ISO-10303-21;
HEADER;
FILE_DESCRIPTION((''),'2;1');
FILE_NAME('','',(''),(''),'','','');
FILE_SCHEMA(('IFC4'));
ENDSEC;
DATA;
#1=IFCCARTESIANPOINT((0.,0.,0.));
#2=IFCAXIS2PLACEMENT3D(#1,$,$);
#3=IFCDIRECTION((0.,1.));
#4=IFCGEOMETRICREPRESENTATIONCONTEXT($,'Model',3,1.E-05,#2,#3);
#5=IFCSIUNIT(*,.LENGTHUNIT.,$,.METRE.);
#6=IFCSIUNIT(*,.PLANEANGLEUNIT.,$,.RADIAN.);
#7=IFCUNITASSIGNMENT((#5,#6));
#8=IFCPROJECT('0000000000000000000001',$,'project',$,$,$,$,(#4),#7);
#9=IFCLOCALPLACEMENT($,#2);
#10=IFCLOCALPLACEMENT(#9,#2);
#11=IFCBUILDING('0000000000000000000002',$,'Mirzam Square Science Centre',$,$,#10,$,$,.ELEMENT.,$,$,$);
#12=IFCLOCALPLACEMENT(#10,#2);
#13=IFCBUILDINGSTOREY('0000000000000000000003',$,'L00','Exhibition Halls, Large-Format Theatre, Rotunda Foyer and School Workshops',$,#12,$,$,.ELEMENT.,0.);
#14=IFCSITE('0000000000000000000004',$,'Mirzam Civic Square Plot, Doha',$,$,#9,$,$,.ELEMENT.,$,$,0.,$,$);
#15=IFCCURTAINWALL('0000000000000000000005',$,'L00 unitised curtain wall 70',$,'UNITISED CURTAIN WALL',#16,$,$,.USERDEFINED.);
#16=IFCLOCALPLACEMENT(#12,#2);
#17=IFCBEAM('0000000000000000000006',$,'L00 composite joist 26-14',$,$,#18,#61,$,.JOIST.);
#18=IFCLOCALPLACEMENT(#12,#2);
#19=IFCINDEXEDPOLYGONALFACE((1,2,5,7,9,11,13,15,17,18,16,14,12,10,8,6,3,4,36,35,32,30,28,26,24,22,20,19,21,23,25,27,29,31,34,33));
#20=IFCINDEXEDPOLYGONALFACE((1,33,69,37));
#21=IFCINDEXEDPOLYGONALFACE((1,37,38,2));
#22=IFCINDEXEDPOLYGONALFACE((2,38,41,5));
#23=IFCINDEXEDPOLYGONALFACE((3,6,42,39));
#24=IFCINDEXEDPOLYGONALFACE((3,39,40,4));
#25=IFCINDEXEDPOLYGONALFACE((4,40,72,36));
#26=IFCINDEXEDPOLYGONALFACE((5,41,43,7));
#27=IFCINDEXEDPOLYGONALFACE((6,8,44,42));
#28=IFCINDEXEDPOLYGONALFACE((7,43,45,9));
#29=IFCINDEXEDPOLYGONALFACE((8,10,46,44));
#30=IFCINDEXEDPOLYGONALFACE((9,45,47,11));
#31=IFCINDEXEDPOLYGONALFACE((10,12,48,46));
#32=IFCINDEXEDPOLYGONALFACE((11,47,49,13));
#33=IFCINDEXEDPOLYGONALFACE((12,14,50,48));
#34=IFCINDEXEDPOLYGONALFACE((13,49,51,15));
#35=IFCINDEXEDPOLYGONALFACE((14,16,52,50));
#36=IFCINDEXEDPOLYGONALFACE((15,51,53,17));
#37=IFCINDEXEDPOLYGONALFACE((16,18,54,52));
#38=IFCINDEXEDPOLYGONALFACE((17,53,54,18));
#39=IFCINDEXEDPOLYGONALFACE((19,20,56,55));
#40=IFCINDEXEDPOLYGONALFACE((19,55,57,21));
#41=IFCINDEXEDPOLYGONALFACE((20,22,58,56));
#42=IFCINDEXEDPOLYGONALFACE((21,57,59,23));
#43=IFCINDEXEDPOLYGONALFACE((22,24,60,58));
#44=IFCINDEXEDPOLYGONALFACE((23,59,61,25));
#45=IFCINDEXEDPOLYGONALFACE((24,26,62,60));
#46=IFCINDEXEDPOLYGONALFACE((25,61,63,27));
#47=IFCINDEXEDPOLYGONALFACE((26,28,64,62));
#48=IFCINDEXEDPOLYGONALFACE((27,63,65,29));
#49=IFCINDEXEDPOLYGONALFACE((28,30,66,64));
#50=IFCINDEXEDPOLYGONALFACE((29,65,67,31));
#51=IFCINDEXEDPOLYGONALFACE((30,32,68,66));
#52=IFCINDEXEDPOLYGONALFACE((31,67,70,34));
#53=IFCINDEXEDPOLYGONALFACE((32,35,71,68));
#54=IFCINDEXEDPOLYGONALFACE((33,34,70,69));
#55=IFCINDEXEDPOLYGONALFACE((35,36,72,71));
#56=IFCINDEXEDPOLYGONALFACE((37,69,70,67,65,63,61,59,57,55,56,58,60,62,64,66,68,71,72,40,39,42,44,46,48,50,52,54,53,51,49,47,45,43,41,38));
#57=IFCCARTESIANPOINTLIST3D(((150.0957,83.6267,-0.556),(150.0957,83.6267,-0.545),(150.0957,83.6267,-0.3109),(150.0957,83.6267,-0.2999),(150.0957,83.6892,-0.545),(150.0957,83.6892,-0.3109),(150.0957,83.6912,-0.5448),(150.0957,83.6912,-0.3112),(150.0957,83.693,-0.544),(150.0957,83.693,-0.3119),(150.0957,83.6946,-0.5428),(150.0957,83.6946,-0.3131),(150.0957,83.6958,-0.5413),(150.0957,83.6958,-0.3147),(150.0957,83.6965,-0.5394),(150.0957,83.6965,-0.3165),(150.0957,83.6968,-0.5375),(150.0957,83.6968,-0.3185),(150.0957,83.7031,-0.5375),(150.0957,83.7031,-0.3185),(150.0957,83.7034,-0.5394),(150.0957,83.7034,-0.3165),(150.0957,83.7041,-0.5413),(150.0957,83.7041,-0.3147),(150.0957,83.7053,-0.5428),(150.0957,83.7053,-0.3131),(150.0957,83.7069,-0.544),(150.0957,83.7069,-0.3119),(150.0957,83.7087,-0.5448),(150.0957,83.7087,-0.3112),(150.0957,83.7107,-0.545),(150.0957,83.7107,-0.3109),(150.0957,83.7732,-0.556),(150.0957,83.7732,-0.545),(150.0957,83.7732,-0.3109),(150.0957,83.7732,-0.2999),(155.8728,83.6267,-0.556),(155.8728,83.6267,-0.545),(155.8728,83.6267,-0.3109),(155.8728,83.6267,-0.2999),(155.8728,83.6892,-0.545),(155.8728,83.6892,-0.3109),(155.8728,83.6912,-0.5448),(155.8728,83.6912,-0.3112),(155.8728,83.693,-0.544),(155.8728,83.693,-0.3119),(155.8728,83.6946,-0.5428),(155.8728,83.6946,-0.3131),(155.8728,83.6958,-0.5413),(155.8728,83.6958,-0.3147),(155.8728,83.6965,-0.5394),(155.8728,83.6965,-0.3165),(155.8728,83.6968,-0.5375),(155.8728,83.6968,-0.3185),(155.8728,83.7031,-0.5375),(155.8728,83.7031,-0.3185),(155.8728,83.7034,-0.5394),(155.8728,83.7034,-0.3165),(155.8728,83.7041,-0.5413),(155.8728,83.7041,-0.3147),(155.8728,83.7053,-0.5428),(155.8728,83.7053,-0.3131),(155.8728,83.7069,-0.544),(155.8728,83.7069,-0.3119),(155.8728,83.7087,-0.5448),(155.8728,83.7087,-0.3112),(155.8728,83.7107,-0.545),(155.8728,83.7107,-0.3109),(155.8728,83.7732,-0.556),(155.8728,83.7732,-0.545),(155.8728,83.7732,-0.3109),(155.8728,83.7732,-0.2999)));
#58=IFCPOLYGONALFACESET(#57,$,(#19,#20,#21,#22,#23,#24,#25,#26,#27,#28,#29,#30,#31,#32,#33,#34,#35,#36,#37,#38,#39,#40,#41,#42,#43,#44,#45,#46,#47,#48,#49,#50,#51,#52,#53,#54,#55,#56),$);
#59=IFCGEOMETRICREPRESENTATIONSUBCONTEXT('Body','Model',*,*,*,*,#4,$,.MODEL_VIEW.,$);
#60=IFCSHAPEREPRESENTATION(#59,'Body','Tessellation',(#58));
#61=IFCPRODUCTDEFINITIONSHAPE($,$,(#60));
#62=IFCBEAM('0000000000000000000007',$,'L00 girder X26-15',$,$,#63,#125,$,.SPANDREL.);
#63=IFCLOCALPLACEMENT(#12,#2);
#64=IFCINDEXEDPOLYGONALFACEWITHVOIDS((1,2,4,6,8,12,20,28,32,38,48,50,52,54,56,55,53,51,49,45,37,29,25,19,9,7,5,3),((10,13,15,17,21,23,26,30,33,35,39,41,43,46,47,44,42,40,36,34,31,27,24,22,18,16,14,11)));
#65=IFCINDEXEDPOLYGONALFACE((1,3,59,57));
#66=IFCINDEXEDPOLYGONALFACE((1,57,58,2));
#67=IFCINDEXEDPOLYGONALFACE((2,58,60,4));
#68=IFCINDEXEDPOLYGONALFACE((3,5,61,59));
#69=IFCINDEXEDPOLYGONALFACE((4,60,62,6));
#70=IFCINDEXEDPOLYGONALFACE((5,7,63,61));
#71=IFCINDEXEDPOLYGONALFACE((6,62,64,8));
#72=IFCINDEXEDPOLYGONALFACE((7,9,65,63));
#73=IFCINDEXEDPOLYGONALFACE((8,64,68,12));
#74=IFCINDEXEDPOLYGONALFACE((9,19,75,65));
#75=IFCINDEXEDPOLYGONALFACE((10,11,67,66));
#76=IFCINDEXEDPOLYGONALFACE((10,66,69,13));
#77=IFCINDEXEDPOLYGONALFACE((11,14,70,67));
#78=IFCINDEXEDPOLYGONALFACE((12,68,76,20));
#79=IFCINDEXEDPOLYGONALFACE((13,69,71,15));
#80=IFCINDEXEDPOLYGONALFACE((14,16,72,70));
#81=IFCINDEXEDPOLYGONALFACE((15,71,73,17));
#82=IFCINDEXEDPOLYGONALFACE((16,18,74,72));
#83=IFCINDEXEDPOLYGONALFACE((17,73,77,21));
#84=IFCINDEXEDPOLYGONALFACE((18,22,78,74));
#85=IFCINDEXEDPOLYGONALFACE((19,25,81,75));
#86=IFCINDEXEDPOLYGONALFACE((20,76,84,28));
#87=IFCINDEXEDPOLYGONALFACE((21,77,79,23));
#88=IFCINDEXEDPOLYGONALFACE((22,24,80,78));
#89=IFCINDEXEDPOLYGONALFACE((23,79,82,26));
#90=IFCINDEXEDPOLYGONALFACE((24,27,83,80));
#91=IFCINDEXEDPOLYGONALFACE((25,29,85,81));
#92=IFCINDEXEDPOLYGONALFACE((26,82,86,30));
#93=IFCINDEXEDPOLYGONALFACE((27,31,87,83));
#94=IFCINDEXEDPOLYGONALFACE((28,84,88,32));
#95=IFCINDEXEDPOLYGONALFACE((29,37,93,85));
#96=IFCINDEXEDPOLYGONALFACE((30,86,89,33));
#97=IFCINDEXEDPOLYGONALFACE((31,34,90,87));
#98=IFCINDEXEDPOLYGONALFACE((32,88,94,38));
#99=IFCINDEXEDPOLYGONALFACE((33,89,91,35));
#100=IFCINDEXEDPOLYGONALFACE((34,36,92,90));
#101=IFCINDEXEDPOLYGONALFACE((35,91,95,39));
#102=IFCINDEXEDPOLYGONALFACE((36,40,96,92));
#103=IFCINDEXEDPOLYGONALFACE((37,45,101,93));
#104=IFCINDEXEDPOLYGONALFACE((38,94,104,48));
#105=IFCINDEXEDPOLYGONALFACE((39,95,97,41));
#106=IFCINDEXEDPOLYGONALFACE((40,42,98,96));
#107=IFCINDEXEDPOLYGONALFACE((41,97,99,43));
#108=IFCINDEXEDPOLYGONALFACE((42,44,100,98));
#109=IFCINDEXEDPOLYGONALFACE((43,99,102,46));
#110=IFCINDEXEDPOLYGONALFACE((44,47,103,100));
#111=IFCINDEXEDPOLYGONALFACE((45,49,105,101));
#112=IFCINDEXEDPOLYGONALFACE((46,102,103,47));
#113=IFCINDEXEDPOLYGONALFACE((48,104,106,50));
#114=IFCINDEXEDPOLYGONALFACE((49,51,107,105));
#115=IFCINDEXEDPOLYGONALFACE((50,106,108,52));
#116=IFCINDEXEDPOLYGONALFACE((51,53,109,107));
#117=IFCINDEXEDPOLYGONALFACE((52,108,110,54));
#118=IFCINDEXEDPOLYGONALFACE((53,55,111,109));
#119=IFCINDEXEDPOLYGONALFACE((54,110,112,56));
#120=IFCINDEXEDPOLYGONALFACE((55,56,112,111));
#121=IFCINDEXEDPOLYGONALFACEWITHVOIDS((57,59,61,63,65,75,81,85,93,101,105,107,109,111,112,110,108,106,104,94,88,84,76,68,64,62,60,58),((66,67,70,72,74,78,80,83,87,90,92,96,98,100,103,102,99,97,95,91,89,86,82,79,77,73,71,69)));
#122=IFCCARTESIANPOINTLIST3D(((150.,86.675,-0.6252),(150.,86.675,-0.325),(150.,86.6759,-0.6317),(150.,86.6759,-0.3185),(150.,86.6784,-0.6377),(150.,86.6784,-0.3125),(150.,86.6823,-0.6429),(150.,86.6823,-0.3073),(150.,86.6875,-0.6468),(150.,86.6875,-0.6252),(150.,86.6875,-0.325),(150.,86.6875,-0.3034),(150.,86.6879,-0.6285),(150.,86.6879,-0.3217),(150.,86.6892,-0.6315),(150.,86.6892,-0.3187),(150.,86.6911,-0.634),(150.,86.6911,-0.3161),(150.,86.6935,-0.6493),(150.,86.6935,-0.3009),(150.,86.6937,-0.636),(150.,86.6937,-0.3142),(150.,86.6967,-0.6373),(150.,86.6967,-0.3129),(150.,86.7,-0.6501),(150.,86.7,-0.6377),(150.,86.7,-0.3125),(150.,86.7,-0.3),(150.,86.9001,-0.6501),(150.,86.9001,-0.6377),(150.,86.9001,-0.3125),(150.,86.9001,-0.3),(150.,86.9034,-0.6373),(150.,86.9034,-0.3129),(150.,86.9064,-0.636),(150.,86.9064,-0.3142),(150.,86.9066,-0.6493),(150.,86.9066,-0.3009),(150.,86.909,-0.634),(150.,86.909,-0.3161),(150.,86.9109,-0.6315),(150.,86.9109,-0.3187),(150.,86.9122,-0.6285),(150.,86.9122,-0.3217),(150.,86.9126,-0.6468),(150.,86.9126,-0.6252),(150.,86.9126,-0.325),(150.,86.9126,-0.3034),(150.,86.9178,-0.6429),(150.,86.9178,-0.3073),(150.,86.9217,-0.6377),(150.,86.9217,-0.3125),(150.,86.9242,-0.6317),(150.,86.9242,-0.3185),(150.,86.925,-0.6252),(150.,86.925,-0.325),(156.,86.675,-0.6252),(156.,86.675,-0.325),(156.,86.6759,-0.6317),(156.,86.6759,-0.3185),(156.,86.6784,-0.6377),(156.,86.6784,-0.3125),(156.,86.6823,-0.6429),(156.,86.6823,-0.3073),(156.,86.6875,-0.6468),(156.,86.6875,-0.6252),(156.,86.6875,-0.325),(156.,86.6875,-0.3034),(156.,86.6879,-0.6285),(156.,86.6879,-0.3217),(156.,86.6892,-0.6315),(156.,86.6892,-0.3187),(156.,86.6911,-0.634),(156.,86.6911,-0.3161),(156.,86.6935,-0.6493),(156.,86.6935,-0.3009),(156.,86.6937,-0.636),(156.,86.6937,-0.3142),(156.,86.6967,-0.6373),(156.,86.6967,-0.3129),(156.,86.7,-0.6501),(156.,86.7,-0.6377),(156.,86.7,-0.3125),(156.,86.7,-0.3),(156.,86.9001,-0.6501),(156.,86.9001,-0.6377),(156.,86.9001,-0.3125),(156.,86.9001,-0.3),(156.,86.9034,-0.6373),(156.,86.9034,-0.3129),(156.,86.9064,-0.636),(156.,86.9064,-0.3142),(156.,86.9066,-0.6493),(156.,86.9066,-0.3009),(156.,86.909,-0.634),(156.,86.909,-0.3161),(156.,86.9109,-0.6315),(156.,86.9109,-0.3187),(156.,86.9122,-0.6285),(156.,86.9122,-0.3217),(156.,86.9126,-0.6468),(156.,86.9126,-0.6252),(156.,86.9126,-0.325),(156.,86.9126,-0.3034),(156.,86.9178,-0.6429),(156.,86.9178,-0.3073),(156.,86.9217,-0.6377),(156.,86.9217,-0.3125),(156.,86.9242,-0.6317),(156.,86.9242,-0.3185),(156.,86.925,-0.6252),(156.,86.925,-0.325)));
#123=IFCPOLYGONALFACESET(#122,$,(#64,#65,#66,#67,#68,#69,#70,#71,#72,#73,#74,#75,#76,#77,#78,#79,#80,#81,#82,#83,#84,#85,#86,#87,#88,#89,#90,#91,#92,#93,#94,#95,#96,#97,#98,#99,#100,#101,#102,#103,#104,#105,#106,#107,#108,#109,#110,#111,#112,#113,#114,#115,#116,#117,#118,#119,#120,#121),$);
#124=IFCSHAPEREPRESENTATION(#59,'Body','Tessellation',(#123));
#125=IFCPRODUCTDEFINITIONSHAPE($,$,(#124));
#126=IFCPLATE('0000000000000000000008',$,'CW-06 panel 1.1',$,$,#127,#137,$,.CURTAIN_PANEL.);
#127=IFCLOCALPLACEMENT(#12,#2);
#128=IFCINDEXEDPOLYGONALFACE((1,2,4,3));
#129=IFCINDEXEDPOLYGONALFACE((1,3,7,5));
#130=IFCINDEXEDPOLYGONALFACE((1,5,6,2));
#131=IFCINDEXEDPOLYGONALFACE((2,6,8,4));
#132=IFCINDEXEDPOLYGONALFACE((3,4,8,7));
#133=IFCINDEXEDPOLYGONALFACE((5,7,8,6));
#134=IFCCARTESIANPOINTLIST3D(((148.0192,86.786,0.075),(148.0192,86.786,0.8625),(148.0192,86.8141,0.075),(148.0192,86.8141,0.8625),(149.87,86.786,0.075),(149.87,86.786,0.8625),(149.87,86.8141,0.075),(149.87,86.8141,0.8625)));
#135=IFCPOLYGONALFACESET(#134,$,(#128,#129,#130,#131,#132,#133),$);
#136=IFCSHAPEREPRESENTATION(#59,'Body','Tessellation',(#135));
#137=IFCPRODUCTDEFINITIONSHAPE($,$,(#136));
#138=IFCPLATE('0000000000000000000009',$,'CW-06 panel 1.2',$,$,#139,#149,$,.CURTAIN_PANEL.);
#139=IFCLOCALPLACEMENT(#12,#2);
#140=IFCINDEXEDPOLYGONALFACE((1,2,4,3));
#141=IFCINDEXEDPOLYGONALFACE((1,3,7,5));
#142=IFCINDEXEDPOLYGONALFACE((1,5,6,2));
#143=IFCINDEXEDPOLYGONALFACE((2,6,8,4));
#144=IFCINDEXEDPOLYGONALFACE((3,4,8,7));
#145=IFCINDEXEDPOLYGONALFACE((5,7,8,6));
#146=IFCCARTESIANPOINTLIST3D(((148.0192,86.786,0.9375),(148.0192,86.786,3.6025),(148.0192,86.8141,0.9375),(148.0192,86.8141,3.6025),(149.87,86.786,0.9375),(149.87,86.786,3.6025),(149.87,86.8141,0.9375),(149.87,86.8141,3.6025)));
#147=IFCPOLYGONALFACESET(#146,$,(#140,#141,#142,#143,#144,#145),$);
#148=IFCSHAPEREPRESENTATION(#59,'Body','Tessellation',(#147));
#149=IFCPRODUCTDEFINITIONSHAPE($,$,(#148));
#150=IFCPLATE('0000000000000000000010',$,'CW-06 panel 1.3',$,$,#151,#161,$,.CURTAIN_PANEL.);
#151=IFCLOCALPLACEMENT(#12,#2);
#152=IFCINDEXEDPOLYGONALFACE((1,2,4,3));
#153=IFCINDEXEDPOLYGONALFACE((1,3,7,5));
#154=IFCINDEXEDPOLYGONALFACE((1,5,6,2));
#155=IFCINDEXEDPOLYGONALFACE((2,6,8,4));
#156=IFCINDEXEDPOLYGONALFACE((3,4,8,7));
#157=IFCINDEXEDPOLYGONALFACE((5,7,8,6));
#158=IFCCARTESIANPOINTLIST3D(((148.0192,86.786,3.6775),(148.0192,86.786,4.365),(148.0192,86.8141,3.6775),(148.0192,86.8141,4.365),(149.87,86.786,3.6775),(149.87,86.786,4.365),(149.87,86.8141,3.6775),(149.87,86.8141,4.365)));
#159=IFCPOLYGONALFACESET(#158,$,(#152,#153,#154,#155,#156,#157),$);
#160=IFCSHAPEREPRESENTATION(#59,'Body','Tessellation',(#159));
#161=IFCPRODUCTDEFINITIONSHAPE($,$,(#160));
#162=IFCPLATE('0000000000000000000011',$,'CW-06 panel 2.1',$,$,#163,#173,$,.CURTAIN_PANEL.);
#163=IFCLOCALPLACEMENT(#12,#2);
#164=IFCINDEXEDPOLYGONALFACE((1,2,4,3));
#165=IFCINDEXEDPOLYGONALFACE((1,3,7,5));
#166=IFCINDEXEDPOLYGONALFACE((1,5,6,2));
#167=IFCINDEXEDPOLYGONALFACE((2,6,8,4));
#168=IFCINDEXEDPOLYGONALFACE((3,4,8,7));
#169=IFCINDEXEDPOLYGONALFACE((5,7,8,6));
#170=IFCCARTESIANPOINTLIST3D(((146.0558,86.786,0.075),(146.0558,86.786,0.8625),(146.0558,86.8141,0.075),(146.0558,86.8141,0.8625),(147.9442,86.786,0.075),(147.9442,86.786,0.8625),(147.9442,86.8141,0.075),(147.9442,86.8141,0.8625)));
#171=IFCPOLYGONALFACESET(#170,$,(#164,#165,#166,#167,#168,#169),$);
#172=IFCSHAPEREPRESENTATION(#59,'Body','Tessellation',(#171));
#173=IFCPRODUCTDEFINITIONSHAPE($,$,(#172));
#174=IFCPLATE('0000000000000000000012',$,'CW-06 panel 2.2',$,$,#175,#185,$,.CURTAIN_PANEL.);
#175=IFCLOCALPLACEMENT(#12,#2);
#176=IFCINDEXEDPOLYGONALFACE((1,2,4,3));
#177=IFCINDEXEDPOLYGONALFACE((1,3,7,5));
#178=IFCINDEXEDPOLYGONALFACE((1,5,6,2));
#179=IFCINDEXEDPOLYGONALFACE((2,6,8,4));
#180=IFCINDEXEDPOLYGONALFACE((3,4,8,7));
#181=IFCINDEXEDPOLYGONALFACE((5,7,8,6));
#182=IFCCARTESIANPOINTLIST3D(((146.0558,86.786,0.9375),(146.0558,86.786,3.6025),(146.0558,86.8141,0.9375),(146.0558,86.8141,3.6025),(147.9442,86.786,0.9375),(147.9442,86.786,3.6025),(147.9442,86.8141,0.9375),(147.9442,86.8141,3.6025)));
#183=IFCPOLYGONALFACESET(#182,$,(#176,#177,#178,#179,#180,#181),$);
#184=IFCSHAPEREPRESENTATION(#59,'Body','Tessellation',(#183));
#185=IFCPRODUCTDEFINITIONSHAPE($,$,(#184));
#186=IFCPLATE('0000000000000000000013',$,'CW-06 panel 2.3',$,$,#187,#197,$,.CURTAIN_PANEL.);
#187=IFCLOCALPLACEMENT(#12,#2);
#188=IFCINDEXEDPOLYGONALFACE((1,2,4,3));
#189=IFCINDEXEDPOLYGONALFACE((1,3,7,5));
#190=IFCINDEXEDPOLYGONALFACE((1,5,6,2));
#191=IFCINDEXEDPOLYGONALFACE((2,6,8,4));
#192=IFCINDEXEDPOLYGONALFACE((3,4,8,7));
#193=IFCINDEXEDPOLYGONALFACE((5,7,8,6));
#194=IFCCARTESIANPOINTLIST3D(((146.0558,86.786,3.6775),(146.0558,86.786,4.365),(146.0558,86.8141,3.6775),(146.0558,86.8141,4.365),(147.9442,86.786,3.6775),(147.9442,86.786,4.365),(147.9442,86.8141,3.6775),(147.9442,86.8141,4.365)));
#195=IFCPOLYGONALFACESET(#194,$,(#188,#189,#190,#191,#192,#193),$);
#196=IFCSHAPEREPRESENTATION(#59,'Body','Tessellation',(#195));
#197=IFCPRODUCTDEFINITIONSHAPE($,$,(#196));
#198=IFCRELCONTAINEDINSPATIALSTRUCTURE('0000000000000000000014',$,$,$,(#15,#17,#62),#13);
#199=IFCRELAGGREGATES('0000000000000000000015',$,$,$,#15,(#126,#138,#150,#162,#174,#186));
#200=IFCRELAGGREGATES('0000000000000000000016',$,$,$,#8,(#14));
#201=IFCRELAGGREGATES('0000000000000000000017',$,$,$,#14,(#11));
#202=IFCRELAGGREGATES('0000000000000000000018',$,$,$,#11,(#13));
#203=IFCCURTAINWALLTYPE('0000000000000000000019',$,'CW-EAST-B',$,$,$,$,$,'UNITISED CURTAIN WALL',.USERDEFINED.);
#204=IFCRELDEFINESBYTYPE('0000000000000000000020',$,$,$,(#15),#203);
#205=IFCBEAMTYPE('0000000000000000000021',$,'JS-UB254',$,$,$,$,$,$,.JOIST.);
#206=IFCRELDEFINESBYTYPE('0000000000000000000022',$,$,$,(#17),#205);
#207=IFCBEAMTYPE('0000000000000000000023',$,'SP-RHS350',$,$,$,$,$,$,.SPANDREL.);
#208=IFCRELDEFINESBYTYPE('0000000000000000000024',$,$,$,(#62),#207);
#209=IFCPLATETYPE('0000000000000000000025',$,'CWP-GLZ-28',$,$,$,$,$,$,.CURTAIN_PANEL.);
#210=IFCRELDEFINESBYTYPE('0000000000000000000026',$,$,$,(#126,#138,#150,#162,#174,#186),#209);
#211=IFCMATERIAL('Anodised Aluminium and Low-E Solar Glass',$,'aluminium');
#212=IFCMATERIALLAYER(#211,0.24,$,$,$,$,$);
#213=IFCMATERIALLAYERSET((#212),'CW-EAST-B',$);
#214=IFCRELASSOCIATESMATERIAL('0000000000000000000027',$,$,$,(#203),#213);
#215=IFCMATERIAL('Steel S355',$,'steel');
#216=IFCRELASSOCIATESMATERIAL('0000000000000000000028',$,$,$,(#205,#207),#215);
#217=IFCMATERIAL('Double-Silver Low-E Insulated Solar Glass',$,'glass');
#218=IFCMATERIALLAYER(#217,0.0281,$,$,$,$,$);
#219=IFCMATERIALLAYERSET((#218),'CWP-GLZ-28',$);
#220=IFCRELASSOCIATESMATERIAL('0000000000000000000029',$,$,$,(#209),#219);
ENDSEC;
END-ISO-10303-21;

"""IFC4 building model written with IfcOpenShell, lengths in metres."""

from ifc_helpers import new_model, si_unit, direction, frame, origin, origin_2d, place, context, subcontext, project, spatial, rectangle, hollow_rectangle, i_section, extrude, material, layer, layer_set, material_profile, profile_set, type_object, element, aggregate, save


model = new_model("IFC4")

# Units and contexts
model_context = context("Model", 3, precision=1e-05, world=origin(), true_north=direction((0.0, 1.0)))
body_context = subcontext(model_context, "Body", "Model", "MODEL_VIEW")
ifc_project = project(units=[si_unit("LENGTHUNIT", "METRE"), si_unit("PLANEANGLEUNIT", "RADIAN")], contexts=[model_context])

# Site, building, storey
site_placement = place(None, origin())
site = spatial("IfcSite", under=ifc_project, at=site_placement, Name="Mirzam Civic Square Plot, Doha", CompositionType="ELEMENT", RefElevation=0.0)
building_placement = place(site_placement, origin())
building = spatial("IfcBuilding", under=site, at=building_placement, Name="Mirzam Square Science Centre", CompositionType="ELEMENT")
storey_placement = place(building_placement, origin())
storey = spatial("IfcBuildingStorey", under=building, at=storey_placement, Name="L00", Description="Exhibition Halls, Large-Format Theatre, Rotunda Foyer and School Workshops", CompositionType="ELEMENT", Elevation=0.0)

# Shared definitions
ifc_material_1 = material(Name="Steel S355", Category="steel")

# Curtain wall
ifc_material_2 = material(Name="Anodised Aluminium and Low-E Solar Glass", Category="aluminium")
ifc_layer_1 = layer(ifc_material_2, 0.24)
ifc_layer_set_1 = layer_set([ifc_layer_1], Name="CW-EAST-B")
curtain_wall_type = type_object("IfcCurtainWallType", Name="CW-EAST-B", ElementType="UNITISED CURTAIN WALL", PredefinedType="USERDEFINED", material=ifc_layer_set_1)
curtain_wall_placement = place(storey_placement, origin())
curtain_wall = element("IfcCurtainWall", 1, at=curtain_wall_placement, inside=storey, type_object=curtain_wall_type, Name="L00 unitised curtain wall 70", ObjectType="UNITISED CURTAIN WALL", PredefinedType="USERDEFINED")

# Beams
ifc_material_profile_1 = material_profile(ifc_material_1, i_section(OverallWidth=0.1465, OverallDepth=0.2561, WebThickness=0.0063, FlangeThickness=0.011, FilletRadius=0.0076, at=origin_2d()), Name="254x146x37UB")
ifc_profile_set_1 = profile_set([ifc_material_profile_1], Name="Steel S355")
beam_type_1 = type_object("IfcBeamType", Name="JS-UB254", PredefinedType="JOIST", material=ifc_profile_set_1)
beam_1_placement = place(storey_placement, frame((150.0957, 83.7, -0.428), z_axis=(1.0, 0.0, 0.0), x_axis=(0.0, 1.0, 0.0)))
element("IfcBeam", 2, at=beam_1_placement, inside=storey, type_object=beam_type_1, Name="L00 composite joist 26-14", PredefinedType="JOIST", context=body_context, shape_type="SweptSolid", body=[
    extrude(i_section(OverallWidth=0.1465, OverallDepth=0.2561, WebThickness=0.0063, FlangeThickness=0.011, FilletRadius=0.0076, at=origin_2d()), origin(), (0.0, 0.0, 1.0), 5.7771),
])
ifc_material_profile_2 = material_profile(ifc_material_1, hollow_rectangle(XDim=0.25, YDim=0.3501, WallThickness=0.0125, InnerFilletRadius=0.0125, OuterFilletRadius=0.0249, at=origin_2d()), Name="350x250x12.5RHS")
ifc_profile_set_2 = profile_set([ifc_material_profile_2], Name="Steel S355")
beam_type_2 = type_object("IfcBeamType", Name="SP-RHS350", PredefinedType="SPANDREL", material=ifc_profile_set_2)
beam_2_placement = place(storey_placement, frame((150.0, 86.8, -0.4751), z_axis=(1.0, 0.0, 0.0), x_axis=(0.0, 1.0, 0.0)))
element("IfcBeam", 3, at=beam_2_placement, inside=storey, type_object=beam_type_2, Name="L00 girder X26-15", PredefinedType="SPANDREL", context=body_context, shape_type="SweptSolid", body=[
    extrude(hollow_rectangle(XDim=0.25, YDim=0.3501, WallThickness=0.0125, InnerFilletRadius=0.0125, OuterFilletRadius=0.0249, at=origin_2d()), origin(), (0.0, 0.0, 1.0), 6.0),
])

# Plates
ifc_material_3 = material(Name="Double-Silver Low-E Insulated Solar Glass", Category="glass")
ifc_layer_2 = layer(ifc_material_3, 0.0281)
ifc_layer_set_2 = layer_set([ifc_layer_2], Name="CWP-GLZ-28")
plate_type = type_object("IfcPlateType", Name="CWP-GLZ-28", PredefinedType="CURTAIN_PANEL", material=ifc_layer_set_2)
plate_1_placement = place(storey_placement, frame((148.9446, 86.8, 0.075), z_axis=(0.0, 0.0, 1.0), x_axis=(-1.0, 0.0, 0.0)))
plate_1 = element("IfcPlate", 4, at=plate_1_placement, type_object=plate_type, Name="CW-06 panel 1.1", PredefinedType="CURTAIN_PANEL", context=body_context, shape_type="SweptSolid", body=[
    extrude(rectangle(XDim=1.8508, YDim=0.0281, at=origin_2d()), origin(), (0.0, 0.0, 1.0), 0.7876),
])
plate_2_placement = place(storey_placement, frame((148.9446, 86.8, 0.9375), z_axis=(0.0, 0.0, 1.0), x_axis=(-1.0, 0.0, 0.0)))
plate_2 = element("IfcPlate", 5, at=plate_2_placement, type_object=plate_type, Name="CW-06 panel 1.2", PredefinedType="CURTAIN_PANEL", context=body_context, shape_type="SweptSolid", body=[
    extrude(rectangle(XDim=1.8508, YDim=0.0281, at=origin_2d()), origin(), (0.0, 0.0, 1.0), 2.665),
])
plate_3_placement = place(storey_placement, frame((148.9446, 86.8, 3.6775), z_axis=(0.0, 0.0, 1.0), x_axis=(-1.0, 0.0, 0.0)))
plate_3 = element("IfcPlate", 6, at=plate_3_placement, type_object=plate_type, Name="CW-06 panel 1.3", PredefinedType="CURTAIN_PANEL", context=body_context, shape_type="SweptSolid", body=[
    extrude(rectangle(XDim=1.8508, YDim=0.0281, at=origin_2d()), origin(), (0.0, 0.0, 1.0), 0.6875),
])
plate_4_placement = place(storey_placement, frame((147.0, 86.8, 0.075), z_axis=(0.0, 0.0, 1.0), x_axis=(-1.0, 0.0, 0.0)))
plate_4 = element("IfcPlate", 7, at=plate_4_placement, type_object=plate_type, Name="CW-06 panel 2.1", PredefinedType="CURTAIN_PANEL", context=body_context, shape_type="SweptSolid", body=[
    extrude(rectangle(XDim=1.8884, YDim=0.0281, at=origin_2d()), origin(), (0.0, 0.0, 1.0), 0.7876),
])
plate_5_placement = place(storey_placement, frame((147.0, 86.8, 0.9375), z_axis=(0.0, 0.0, 1.0), x_axis=(-1.0, 0.0, 0.0)))
plate_5 = element("IfcPlate", 8, at=plate_5_placement, type_object=plate_type, Name="CW-06 panel 2.2", PredefinedType="CURTAIN_PANEL", context=body_context, shape_type="SweptSolid", body=[
    extrude(rectangle(XDim=1.8884, YDim=0.0281, at=origin_2d()), origin(), (0.0, 0.0, 1.0), 2.665),
])
plate_6_placement = place(storey_placement, frame((147.0, 86.8, 3.6775), z_axis=(0.0, 0.0, 1.0), x_axis=(-1.0, 0.0, 0.0)))
plate_6 = element("IfcPlate", 9, at=plate_6_placement, type_object=plate_type, Name="CW-06 panel 2.3", PredefinedType="CURTAIN_PANEL", context=body_context, shape_type="SweptSolid", body=[
    extrude(rectangle(XDim=1.8884, YDim=0.0281, at=origin_2d()), origin(), (0.0, 0.0, 1.0), 0.6875),
])
aggregate(curtain_wall, [plate_1, plate_2, plate_3, plate_4, plate_5, plate_6])

save(model, "model.ifc")
